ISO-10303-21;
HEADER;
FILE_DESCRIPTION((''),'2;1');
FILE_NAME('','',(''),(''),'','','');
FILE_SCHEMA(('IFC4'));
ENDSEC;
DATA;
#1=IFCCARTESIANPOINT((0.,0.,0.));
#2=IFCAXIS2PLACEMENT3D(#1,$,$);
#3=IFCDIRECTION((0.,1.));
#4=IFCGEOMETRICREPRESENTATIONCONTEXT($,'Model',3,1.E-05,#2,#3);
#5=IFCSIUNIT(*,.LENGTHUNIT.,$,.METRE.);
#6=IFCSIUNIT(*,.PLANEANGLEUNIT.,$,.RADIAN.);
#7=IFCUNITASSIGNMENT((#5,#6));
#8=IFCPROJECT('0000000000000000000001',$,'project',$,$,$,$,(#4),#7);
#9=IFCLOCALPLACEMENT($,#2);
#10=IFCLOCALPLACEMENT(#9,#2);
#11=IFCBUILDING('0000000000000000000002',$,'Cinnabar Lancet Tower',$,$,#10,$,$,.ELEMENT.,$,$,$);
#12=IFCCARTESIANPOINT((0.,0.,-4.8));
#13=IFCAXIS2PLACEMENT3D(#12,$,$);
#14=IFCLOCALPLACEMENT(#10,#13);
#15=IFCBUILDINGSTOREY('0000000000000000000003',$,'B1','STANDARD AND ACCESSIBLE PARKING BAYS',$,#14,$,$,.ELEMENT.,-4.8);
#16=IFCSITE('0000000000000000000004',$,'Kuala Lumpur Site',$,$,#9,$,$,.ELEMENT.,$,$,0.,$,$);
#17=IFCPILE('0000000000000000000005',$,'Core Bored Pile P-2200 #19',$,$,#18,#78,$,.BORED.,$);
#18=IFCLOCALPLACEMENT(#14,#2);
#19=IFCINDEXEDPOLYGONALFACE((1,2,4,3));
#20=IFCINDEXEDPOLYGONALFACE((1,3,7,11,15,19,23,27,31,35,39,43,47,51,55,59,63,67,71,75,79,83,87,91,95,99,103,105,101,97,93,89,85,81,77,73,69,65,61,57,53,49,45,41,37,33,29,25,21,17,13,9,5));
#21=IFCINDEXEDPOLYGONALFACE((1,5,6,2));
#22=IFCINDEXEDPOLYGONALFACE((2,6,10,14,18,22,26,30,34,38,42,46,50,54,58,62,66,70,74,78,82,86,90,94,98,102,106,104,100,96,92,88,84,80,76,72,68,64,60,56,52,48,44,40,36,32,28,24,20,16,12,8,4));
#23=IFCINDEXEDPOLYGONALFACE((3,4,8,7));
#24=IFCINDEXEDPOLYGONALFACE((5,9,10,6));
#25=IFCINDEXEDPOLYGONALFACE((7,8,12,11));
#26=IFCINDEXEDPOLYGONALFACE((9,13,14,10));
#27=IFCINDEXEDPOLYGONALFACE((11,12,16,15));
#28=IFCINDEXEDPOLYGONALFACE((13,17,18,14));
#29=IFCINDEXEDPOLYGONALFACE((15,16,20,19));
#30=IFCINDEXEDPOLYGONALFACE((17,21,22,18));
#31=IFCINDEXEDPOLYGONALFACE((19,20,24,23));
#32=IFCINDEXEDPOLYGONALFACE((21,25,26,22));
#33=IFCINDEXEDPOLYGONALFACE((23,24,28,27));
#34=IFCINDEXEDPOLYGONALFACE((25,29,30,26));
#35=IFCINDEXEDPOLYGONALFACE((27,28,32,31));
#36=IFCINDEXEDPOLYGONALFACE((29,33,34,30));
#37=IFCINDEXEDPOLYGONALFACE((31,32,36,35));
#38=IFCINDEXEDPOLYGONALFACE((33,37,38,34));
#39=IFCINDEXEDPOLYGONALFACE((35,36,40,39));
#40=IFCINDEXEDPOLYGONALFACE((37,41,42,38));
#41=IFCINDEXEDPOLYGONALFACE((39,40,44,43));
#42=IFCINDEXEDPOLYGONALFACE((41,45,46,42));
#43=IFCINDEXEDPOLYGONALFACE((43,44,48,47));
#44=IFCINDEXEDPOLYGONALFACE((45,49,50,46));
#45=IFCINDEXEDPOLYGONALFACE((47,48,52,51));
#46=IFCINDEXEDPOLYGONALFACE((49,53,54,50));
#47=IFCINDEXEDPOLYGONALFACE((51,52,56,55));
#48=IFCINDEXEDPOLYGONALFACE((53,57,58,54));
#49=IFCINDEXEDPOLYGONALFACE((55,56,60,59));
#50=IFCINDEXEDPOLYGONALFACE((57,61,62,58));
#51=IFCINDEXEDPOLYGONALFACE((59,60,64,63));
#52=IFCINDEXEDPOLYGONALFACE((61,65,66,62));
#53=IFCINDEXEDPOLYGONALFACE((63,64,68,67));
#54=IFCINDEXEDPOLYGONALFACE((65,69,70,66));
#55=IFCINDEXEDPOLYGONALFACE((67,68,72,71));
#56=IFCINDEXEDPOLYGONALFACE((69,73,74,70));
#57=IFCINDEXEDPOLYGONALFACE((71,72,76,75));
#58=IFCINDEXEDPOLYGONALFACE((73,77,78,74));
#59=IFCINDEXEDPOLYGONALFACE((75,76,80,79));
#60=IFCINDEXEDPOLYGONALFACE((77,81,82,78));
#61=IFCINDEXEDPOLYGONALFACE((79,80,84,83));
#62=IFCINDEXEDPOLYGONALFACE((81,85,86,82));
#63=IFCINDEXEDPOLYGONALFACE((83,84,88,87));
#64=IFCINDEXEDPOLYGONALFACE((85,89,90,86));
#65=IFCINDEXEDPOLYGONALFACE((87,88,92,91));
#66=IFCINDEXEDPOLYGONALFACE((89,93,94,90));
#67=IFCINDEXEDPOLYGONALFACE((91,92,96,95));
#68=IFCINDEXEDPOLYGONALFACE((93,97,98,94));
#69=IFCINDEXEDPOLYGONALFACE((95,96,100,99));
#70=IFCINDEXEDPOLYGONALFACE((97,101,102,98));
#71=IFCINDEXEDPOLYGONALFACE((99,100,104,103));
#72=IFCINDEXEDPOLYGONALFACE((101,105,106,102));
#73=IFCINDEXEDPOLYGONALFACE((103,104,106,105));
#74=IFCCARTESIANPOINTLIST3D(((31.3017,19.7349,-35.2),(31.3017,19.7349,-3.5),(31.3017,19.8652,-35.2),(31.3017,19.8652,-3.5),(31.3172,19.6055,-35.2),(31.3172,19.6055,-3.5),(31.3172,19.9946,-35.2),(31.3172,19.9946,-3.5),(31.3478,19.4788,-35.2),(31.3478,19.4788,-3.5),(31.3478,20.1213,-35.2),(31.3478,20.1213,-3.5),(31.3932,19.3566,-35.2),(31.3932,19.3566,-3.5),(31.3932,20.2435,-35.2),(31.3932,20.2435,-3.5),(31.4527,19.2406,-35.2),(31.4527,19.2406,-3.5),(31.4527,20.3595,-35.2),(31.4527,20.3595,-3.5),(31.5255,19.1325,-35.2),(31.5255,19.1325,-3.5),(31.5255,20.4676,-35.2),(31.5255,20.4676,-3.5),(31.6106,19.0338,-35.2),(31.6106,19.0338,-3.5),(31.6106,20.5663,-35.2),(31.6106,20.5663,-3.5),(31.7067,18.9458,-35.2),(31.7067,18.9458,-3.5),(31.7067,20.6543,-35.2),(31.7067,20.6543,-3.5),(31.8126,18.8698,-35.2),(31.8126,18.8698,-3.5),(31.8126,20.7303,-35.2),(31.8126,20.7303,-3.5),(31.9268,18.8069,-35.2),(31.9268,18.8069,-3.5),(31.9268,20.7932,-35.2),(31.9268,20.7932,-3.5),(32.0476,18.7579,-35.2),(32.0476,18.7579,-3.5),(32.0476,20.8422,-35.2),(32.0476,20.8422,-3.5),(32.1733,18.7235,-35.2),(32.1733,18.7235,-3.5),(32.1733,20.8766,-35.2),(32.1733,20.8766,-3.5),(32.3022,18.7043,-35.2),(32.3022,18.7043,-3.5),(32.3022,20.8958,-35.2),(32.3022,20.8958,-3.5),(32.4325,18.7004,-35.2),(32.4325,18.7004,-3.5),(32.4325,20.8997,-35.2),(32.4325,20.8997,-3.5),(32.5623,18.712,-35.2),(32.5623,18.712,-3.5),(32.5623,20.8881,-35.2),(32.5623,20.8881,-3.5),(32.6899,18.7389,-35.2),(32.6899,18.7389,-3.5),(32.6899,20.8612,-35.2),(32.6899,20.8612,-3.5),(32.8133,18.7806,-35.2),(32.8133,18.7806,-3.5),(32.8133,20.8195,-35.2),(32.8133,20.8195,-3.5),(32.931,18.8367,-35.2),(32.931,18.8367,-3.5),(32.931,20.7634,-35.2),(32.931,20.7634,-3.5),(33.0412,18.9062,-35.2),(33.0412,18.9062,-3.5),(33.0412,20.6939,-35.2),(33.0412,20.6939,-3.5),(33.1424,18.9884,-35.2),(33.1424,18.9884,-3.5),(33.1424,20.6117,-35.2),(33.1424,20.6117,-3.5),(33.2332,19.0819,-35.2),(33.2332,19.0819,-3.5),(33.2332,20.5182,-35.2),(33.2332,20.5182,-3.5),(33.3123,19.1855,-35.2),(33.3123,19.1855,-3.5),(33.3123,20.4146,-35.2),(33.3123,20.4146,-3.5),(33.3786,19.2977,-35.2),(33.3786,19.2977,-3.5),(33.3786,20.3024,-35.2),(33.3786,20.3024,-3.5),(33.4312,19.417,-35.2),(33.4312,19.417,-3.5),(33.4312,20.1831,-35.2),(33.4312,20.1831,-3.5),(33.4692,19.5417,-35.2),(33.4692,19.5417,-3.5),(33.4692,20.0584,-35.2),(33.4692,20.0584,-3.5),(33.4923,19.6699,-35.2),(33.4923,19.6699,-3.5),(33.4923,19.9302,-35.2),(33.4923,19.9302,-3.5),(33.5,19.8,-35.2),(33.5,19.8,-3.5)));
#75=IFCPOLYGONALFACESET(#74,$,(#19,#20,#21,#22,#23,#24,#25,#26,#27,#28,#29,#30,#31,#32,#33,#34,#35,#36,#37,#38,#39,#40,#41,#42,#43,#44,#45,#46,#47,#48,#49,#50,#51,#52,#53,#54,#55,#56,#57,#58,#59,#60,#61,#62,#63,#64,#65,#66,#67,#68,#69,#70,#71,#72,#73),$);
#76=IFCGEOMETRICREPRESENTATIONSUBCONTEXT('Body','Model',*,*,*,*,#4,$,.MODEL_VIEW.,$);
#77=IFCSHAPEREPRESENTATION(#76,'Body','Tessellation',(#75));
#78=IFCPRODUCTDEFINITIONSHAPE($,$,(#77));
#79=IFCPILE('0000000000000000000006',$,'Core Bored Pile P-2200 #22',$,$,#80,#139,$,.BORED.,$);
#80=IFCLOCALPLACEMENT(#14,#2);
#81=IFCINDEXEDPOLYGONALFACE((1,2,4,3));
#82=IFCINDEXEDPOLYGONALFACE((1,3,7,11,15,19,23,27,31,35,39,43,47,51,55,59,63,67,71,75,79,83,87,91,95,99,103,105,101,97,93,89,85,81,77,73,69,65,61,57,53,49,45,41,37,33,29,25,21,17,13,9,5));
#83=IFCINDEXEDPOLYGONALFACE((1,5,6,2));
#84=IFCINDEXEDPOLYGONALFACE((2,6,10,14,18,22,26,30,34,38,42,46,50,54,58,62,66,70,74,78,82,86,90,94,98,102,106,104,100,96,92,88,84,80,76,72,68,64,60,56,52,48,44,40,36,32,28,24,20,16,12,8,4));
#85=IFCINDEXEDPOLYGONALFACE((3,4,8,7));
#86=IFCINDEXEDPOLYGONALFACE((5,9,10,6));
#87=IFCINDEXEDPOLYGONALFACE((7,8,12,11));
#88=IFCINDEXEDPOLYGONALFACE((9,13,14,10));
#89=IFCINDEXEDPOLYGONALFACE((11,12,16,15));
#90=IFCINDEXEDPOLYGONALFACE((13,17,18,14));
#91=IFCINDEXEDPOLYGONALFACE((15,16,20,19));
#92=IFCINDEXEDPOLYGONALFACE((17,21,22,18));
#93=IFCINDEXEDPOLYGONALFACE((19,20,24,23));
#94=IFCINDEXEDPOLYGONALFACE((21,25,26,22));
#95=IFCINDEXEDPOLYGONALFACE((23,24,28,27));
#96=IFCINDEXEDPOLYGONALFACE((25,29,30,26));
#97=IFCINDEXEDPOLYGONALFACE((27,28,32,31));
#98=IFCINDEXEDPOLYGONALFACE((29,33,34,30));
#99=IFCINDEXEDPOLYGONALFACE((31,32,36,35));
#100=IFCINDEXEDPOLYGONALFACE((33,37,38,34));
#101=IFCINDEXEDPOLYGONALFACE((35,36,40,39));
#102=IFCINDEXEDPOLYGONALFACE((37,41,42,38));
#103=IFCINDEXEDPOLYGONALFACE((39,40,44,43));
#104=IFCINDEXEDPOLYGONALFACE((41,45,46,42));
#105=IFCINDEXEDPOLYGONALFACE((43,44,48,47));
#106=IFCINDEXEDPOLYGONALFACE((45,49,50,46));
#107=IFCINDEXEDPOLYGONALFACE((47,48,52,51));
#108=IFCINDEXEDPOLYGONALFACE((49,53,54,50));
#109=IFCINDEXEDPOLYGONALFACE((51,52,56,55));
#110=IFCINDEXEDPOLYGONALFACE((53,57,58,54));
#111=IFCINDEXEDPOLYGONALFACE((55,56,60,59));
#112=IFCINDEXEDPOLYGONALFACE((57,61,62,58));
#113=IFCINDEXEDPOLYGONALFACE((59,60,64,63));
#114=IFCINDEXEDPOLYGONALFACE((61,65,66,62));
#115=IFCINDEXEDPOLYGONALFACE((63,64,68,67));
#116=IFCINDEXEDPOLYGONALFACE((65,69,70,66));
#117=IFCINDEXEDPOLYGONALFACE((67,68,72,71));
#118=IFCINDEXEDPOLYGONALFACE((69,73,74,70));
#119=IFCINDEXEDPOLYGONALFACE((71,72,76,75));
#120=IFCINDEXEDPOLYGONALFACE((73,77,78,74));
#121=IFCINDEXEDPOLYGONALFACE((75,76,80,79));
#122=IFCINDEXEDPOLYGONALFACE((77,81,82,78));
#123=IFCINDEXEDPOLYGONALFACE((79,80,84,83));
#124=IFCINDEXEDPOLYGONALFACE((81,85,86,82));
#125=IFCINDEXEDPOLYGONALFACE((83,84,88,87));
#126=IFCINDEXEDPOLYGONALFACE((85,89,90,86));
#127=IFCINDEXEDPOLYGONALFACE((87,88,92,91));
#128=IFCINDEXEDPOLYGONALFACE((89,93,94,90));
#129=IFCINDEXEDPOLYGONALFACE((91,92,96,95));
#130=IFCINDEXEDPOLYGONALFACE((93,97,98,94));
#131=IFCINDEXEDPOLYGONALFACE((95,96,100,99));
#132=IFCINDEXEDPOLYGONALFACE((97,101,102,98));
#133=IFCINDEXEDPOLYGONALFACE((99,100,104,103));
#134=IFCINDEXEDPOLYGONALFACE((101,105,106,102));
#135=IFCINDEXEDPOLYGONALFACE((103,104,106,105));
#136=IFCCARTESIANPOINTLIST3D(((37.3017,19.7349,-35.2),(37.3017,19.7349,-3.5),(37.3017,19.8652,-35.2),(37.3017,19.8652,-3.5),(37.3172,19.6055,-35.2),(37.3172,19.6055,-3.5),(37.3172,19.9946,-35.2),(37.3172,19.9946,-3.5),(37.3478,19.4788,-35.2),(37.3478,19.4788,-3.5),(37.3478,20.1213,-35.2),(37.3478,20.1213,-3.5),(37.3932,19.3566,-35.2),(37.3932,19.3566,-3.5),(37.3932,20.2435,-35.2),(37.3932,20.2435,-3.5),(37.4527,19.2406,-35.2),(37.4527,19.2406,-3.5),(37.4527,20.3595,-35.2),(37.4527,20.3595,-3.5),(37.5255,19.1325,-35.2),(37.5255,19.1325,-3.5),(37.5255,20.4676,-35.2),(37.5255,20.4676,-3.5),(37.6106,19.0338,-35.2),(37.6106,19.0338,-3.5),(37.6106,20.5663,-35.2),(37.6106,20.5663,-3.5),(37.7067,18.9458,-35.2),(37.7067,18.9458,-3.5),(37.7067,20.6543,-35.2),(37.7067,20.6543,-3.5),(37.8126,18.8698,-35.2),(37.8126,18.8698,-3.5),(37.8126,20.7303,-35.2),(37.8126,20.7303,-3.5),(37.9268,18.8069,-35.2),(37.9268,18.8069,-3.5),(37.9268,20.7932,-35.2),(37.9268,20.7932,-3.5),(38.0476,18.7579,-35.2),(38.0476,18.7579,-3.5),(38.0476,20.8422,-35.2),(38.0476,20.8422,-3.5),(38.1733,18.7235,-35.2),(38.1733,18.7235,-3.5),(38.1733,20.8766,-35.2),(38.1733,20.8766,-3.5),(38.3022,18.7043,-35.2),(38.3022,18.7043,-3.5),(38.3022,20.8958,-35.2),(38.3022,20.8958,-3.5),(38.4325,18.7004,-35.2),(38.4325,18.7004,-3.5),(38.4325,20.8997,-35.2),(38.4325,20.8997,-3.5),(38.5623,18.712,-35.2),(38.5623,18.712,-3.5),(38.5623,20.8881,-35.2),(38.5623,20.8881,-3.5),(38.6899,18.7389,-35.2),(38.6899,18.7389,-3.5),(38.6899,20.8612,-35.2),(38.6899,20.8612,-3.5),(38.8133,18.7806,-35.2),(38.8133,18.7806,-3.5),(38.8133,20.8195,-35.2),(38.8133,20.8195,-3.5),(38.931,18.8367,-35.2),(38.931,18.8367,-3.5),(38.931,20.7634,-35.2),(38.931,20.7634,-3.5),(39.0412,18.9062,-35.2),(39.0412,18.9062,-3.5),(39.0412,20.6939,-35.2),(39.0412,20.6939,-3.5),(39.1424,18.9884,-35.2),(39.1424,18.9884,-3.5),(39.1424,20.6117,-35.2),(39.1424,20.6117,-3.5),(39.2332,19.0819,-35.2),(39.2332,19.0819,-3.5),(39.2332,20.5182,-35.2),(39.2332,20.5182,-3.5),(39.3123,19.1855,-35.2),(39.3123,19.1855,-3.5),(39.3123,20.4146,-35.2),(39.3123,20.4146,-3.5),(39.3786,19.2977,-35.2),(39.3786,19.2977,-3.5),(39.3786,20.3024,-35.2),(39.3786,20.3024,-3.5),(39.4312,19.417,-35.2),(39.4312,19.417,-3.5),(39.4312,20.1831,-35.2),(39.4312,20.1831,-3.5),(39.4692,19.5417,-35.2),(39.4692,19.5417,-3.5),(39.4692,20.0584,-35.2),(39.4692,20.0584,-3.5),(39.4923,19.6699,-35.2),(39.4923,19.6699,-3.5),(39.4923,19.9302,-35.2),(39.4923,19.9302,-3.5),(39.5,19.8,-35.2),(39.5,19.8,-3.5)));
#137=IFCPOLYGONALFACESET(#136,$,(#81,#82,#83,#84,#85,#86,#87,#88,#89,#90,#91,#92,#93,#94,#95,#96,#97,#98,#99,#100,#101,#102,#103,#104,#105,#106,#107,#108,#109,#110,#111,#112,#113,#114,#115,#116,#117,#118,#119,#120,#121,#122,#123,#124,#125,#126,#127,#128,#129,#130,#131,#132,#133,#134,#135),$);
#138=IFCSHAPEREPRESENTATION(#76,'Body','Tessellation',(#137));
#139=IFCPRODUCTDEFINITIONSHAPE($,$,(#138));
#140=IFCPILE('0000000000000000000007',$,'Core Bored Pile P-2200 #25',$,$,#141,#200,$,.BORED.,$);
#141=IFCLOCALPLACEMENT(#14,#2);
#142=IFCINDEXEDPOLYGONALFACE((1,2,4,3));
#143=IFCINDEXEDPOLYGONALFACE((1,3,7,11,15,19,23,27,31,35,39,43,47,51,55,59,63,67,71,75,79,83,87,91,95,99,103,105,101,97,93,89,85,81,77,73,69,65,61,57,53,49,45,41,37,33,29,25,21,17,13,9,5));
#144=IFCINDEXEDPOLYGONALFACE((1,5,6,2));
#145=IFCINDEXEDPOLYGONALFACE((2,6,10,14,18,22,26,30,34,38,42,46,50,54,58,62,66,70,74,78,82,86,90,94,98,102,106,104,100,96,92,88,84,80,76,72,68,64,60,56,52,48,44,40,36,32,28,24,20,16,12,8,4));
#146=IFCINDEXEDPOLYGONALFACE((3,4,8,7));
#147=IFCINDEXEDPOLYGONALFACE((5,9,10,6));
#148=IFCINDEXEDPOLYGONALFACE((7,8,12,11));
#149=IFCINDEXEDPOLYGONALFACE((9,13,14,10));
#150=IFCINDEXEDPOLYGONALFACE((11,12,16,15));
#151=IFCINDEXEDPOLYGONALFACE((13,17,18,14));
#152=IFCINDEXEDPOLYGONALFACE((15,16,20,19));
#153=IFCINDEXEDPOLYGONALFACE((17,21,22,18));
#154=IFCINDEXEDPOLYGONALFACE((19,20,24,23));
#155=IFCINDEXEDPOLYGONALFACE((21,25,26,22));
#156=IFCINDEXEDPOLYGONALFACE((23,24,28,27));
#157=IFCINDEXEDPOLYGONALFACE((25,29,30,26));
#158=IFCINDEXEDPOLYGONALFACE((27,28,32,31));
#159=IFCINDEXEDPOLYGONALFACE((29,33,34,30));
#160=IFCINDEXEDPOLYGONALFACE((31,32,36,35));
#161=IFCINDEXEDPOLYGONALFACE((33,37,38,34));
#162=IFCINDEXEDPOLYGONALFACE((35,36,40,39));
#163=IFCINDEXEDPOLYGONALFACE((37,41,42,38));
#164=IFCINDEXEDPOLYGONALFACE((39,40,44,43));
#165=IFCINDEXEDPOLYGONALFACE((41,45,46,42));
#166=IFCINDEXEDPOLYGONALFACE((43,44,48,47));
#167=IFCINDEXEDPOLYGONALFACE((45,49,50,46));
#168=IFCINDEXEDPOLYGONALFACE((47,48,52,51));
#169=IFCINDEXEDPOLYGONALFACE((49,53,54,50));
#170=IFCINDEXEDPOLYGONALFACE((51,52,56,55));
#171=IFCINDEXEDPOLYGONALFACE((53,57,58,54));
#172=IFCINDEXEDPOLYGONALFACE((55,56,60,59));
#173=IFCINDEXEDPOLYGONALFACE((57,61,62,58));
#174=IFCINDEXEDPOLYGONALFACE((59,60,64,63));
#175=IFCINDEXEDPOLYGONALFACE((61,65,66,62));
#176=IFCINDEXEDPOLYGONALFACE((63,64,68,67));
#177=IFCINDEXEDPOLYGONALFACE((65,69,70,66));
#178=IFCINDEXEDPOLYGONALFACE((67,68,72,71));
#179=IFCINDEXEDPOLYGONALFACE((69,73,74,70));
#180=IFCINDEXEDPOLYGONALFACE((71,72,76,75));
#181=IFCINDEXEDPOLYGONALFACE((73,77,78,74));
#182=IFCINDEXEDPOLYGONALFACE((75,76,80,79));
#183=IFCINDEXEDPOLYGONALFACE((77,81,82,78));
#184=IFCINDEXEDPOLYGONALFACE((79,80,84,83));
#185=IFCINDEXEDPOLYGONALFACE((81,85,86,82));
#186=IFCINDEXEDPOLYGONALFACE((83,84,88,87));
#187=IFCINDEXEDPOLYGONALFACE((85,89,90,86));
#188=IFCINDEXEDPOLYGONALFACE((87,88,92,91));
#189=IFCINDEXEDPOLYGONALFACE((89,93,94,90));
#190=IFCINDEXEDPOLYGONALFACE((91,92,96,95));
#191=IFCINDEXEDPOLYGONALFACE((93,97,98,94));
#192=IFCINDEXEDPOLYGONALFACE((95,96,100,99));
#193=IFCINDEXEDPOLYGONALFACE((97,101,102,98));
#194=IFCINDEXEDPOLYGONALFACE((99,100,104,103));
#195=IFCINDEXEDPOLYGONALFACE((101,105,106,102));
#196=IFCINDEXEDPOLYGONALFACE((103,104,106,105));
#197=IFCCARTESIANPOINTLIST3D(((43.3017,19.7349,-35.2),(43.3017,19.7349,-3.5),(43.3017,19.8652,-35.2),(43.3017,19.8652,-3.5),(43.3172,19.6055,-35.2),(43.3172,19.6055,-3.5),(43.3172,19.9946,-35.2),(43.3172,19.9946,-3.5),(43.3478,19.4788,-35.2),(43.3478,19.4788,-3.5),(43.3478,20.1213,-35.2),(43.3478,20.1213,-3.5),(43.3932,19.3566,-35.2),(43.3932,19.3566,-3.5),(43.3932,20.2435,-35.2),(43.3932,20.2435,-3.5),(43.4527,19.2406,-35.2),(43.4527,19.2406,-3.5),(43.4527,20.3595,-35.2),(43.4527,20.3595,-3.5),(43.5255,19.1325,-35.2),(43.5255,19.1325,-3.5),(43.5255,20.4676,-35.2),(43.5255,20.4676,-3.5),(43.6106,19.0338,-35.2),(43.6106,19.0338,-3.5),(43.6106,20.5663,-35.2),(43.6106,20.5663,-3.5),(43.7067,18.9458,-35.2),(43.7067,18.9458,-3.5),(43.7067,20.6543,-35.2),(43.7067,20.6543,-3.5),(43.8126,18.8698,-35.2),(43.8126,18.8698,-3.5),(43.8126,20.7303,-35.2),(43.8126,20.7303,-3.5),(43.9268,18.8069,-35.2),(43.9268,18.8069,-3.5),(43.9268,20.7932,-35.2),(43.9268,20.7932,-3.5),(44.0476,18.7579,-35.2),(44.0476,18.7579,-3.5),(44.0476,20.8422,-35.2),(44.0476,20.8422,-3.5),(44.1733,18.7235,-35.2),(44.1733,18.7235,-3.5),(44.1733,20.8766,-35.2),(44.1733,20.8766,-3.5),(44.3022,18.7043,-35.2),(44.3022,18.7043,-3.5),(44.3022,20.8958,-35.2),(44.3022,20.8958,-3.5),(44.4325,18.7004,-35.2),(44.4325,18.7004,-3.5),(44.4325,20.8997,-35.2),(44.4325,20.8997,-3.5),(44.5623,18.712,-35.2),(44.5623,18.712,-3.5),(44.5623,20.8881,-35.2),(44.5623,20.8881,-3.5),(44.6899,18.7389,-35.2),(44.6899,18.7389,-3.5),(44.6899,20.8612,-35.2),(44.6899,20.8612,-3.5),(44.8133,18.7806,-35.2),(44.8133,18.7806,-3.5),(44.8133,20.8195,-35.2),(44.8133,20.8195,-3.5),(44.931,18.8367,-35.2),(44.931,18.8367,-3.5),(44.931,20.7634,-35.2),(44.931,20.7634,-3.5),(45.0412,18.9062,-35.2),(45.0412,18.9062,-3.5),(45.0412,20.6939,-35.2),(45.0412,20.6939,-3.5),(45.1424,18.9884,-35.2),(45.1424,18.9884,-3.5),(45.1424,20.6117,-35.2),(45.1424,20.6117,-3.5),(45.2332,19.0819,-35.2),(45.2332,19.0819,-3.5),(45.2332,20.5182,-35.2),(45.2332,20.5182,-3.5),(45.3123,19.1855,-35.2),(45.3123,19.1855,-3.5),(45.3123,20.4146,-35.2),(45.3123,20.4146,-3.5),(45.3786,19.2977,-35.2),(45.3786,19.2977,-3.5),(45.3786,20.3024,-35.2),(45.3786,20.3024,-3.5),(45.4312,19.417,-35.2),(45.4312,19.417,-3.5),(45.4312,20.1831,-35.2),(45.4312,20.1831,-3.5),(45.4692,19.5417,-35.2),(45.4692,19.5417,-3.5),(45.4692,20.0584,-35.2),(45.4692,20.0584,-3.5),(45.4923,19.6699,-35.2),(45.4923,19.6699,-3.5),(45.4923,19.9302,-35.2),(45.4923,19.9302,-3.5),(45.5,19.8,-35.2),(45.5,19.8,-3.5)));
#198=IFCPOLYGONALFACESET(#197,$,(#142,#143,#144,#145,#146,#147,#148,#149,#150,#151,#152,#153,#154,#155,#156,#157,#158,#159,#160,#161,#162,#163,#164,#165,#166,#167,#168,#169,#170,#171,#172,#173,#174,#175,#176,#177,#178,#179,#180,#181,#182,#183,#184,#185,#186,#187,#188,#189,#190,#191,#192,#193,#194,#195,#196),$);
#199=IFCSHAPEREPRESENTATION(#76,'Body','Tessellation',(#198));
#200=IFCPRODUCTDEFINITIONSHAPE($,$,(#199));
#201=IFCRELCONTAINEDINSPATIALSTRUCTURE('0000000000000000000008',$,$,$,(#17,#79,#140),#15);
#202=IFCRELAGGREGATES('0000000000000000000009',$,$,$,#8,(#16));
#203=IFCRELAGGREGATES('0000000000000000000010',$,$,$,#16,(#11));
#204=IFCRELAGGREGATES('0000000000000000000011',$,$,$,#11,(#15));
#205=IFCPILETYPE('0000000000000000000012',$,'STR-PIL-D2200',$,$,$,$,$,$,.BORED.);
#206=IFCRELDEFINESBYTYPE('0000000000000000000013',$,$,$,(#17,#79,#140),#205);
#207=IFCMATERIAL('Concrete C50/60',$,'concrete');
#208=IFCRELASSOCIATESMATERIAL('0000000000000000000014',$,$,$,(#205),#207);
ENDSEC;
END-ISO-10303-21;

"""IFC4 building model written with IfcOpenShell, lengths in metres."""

from ifc_helpers import new_model, si_unit, direction, frame, origin, origin_2d, place, context, subcontext, project, spatial, circle, extrude, material, material_profile, profile_set, type_object, element, save


model = new_model("IFC4")

# Units and contexts
model_context = context("Model", 3, precision=1e-05, world=origin(), true_north=direction((0.0, 1.0)))
body_context = subcontext(model_context, "Body", "Model", "MODEL_VIEW")
ifc_project = project(units=[si_unit("LENGTHUNIT", "METRE"), si_unit("PLANEANGLEUNIT", "RADIAN")], contexts=[model_context])

# Site, building, storey
site_placement = place(None, origin())
site = spatial("IfcSite", under=ifc_project, at=site_placement, Name="Kuala Lumpur Site", CompositionType="ELEMENT", RefElevation=0.0)
building_placement = place(site_placement, origin())
building = spatial("IfcBuilding", under=site, at=building_placement, Name="Cinnabar Lancet Tower", CompositionType="ELEMENT")
storey_placement = place(building_placement, frame((0.0, 0.0, -4.8)))
storey = spatial("IfcBuildingStorey", under=building, at=storey_placement, Name="B1", Description="STANDARD AND ACCESSIBLE PARKING BAYS", CompositionType="ELEMENT", Elevation=-4.8)

# Piles
ifc_material_1 = material(Name="Concrete C50/60", Category="concrete")
ifc_material_profile_1 = material_profile(ifc_material_1, circle(Radius=1.1001, at=origin_2d()), Name="PILE D2200")
ifc_profile_set_1 = profile_set([ifc_material_profile_1], Name="Concrete C50/60")
pile_type_1 = type_object("IfcPileType", Name="STR-PIL-D2200", PredefinedType="BORED", material=ifc_profile_set_1)
for number, where, z_axis, x_axis, name in (
    (1, (32.3999, 19.8, -3.5), (0.0, 0.0, -1.0), (1.0, 0.0, 0.0), "Core Bored Pile P-2200 #19"),
    (2, (38.3999, 19.8, -3.5), (0.0, 0.0, -1.0), (1.0, 0.0, 0.0), "Core Bored Pile P-2200 #22"),
    (3, (44.3999, 19.8, -3.5), (0.0, 0.0, -1.0), (1.0, 0.0, 0.0), "Core Bored Pile P-2200 #25"),
):
    element("IfcPile", number, at=place(storey_placement, frame(where, z_axis=z_axis, x_axis=x_axis)), inside=storey, type_object=pile_type_1, Name=name, PredefinedType="BORED", context=body_context, shape_type="SweptSolid", body=[
        extrude(circle(Radius=1.1001, at=origin_2d()), origin(), (0.0, 0.0, 1.0), 31.7),
    ])

save(model, "model.ifc")
